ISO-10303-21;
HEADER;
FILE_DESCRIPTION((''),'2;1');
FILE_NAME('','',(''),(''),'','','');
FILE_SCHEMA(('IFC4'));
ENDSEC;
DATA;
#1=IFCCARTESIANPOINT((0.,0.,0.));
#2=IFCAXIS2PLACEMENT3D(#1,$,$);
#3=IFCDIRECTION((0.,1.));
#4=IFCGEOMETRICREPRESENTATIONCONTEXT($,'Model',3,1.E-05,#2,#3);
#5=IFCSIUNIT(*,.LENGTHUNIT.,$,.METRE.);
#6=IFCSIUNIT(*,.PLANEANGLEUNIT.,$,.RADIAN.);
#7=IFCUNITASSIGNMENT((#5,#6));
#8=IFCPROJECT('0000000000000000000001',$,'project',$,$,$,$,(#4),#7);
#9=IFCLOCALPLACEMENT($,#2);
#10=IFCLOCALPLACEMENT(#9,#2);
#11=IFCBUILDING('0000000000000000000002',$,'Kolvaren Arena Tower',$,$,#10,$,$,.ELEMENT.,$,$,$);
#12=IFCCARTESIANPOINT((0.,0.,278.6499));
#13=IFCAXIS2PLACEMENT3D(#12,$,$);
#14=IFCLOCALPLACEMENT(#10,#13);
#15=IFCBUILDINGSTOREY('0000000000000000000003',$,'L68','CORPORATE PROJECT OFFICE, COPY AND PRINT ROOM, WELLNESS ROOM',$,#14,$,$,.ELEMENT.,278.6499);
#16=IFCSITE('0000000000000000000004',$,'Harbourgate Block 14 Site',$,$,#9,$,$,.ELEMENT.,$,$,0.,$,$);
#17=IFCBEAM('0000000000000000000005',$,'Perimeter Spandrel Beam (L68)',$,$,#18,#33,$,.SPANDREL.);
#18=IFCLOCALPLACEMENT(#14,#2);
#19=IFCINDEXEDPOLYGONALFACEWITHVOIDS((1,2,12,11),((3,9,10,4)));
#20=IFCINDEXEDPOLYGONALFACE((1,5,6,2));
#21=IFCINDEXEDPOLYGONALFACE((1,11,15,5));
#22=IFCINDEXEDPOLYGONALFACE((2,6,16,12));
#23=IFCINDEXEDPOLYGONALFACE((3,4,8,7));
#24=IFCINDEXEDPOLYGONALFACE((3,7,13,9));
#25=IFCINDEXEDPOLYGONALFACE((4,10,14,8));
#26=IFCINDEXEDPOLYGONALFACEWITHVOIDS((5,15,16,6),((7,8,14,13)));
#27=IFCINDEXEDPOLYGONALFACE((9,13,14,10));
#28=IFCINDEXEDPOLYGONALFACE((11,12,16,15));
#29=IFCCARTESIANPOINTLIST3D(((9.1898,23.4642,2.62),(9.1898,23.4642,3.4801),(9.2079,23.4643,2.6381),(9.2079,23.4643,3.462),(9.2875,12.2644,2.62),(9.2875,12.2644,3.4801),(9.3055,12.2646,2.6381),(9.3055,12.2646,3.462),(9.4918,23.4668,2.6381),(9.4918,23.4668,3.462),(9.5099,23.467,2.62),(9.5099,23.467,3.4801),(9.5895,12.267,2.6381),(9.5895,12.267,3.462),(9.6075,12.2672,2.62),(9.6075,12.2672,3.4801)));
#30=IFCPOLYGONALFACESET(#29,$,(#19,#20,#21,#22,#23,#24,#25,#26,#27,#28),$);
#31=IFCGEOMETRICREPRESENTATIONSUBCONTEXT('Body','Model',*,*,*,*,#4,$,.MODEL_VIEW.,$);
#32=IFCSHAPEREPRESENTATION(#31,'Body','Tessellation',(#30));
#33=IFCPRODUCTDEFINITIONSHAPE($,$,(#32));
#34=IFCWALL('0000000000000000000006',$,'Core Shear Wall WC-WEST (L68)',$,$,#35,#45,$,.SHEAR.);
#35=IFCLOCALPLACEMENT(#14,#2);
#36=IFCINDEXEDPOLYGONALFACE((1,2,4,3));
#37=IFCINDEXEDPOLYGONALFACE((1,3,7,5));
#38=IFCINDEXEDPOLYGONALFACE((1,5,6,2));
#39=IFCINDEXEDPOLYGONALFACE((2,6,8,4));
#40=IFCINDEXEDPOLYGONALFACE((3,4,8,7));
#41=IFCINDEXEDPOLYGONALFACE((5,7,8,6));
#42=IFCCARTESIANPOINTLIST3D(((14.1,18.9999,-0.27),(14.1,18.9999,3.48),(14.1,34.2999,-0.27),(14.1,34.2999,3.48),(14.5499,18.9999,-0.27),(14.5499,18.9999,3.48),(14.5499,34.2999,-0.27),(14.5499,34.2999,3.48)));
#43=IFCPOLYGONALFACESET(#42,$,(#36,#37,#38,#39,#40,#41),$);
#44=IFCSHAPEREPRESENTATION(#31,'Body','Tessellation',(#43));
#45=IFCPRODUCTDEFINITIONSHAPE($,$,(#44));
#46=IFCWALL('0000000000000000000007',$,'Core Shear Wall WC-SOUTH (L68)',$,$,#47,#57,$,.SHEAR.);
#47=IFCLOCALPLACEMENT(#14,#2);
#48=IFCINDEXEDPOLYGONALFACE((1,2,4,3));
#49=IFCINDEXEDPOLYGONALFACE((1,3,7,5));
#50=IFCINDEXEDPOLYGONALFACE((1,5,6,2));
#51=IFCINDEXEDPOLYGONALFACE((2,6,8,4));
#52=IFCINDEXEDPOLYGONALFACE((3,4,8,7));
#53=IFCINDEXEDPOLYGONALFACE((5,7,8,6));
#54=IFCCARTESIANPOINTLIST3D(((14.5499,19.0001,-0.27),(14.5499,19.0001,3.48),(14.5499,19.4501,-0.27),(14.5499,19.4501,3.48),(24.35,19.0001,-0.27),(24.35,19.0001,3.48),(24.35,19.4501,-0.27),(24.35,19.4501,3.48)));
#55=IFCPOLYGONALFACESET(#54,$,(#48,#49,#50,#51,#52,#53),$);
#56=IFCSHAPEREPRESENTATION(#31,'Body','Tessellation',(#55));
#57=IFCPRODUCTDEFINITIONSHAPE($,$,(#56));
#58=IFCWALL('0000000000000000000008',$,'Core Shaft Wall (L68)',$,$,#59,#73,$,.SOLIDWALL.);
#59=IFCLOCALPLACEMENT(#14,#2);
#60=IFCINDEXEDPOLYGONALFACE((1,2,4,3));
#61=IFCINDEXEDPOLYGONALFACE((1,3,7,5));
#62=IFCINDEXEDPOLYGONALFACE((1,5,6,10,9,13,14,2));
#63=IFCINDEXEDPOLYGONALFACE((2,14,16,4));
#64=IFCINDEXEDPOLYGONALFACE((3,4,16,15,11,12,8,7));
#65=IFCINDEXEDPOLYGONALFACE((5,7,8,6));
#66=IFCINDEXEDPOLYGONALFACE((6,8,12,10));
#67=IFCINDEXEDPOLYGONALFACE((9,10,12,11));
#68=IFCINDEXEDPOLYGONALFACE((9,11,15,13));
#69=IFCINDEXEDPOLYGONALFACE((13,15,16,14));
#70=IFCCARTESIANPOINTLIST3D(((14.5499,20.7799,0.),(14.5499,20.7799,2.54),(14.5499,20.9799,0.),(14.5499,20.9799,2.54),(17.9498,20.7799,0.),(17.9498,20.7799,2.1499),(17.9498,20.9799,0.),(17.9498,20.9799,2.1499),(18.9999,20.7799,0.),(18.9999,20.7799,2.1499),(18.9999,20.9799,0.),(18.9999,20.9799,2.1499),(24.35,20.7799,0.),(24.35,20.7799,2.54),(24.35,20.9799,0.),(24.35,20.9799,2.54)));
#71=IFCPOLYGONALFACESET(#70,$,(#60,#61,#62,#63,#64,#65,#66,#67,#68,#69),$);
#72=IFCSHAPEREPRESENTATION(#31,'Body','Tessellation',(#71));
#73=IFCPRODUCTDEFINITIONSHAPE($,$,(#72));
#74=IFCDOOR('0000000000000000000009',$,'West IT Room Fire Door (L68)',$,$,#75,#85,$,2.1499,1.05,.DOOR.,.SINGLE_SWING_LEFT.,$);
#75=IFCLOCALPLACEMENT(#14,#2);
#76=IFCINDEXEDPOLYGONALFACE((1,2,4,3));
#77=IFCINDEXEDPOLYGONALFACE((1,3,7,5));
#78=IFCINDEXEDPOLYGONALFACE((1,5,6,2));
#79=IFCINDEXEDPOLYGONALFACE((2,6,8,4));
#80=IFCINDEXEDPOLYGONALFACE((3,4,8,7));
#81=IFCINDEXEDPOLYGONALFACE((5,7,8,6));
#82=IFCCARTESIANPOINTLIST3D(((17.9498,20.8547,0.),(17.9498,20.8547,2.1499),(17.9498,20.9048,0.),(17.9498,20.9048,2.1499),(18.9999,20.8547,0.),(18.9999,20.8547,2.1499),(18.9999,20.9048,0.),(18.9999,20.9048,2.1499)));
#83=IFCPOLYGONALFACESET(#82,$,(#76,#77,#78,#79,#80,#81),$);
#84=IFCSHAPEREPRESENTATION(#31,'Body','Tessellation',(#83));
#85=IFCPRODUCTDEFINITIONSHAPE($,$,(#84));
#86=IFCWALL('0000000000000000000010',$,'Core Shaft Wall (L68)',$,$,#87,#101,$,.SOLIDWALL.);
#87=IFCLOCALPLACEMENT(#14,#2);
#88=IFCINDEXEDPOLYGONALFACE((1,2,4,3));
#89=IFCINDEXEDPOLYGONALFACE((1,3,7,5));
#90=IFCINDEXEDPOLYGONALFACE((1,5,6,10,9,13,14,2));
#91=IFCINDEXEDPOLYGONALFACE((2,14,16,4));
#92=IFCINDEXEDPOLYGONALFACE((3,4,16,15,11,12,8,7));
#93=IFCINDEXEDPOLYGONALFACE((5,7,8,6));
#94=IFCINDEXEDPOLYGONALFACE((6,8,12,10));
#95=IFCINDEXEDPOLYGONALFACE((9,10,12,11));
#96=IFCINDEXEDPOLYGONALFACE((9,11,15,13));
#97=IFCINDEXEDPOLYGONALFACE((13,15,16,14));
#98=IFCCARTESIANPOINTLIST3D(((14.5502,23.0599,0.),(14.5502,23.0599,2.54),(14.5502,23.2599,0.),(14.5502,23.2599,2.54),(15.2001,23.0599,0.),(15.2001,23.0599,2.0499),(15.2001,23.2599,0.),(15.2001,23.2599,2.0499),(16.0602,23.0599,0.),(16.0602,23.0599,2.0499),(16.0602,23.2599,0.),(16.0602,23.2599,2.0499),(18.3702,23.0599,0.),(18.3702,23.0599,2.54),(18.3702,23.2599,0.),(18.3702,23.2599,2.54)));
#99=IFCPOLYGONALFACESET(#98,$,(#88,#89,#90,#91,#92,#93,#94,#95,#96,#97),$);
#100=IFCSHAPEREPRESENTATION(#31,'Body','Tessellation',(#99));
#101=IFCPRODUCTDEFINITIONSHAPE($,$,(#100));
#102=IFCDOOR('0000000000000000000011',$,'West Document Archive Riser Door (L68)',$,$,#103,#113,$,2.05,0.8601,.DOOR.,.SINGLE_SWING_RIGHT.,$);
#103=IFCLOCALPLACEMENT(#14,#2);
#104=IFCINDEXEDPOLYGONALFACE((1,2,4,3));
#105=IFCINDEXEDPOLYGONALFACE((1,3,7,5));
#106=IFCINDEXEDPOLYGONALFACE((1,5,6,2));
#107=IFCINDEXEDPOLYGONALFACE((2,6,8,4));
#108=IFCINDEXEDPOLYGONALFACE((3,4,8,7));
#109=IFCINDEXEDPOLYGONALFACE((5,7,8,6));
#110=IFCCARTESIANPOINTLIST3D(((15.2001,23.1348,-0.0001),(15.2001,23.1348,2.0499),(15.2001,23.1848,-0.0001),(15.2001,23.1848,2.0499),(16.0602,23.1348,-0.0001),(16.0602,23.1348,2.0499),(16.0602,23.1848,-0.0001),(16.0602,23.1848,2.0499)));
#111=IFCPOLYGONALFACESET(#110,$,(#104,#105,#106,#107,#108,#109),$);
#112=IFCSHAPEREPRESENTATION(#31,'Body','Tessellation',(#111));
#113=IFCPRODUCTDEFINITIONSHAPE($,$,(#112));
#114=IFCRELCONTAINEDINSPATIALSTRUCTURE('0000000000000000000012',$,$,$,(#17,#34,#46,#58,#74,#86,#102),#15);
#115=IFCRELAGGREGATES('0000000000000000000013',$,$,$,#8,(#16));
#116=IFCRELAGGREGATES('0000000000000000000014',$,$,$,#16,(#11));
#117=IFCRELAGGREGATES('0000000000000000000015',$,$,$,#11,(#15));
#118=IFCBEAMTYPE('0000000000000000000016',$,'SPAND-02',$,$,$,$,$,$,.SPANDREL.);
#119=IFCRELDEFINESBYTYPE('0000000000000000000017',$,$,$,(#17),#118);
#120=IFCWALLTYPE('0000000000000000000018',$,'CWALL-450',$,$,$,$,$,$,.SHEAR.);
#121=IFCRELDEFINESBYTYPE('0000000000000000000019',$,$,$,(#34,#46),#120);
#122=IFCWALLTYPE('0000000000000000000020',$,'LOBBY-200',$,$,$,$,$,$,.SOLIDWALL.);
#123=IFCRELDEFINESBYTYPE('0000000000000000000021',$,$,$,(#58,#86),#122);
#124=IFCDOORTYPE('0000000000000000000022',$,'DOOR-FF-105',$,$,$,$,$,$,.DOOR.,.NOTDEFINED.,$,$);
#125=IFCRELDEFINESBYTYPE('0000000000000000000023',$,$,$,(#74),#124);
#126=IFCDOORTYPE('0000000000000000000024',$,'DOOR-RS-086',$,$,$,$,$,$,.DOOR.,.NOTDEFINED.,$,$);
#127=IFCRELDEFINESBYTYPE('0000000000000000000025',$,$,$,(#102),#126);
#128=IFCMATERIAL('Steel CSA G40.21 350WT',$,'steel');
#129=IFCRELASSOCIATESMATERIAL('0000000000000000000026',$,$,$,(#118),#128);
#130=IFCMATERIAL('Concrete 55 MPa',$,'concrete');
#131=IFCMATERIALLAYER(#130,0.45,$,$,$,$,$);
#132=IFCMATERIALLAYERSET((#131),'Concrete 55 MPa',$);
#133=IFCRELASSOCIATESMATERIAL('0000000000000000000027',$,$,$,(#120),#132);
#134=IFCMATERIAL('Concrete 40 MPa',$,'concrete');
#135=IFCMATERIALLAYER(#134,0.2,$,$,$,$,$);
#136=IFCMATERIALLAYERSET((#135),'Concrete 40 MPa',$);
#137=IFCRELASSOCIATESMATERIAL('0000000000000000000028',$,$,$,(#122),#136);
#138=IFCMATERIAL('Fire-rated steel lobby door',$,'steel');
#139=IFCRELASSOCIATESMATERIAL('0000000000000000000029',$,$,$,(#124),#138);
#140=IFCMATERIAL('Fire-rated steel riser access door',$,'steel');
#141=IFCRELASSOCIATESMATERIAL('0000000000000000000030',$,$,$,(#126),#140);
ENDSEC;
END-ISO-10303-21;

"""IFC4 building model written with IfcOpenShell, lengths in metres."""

from ifc_helpers import new_model, si_unit, direction, frame, frame_2d, origin, origin_2d, place, context, subcontext, project, spatial, rectangle, hollow_rectangle, extrude, material, layer, layer_set, material_profile, profile_set, type_object, element, fill, save


model = new_model("IFC4")

# Units and contexts
model_context = context("Model", 3, precision=1e-05, world=origin(), true_north=direction((0.0, 1.0)))
body_context = subcontext(model_context, "Body", "Model", "MODEL_VIEW")
ifc_project = project(units=[si_unit("LENGTHUNIT", "METRE"), si_unit("PLANEANGLEUNIT", "RADIAN")], contexts=[model_context])

# Site, building, storey
site_placement = place(None, origin())
site = spatial("IfcSite", under=ifc_project, at=site_placement, Name="Harbourgate Block 14 Site", CompositionType="ELEMENT", RefElevation=0.0)
building_placement = place(site_placement, origin())
building = spatial("IfcBuilding", under=site, at=building_placement, Name="Kolvaren Arena Tower", CompositionType="ELEMENT")
storey_placement = place(building_placement, frame((0.0, 0.0, 278.6499)))
storey = spatial("IfcBuildingStorey", under=building, at=storey_placement, Name="L68", Description="CORPORATE PROJECT OFFICE, COPY AND PRINT ROOM, WELLNESS ROOM", CompositionType="ELEMENT", Elevation=278.6499)

# Beam
ifc_material_1 = material(Name="Steel CSA G40.21 350WT", Category="steel")
ifc_material_profile_1 = material_profile(ifc_material_1, hollow_rectangle(XDim=0.3201, YDim=0.8601, WallThickness=0.0181, at=origin_2d()), Name="HSS 860x320x18")
ifc_profile_set_1 = profile_set([ifc_material_profile_1], Name="Steel CSA G40.21 350WT")
beam_type_1 = type_object("IfcBeamType", Name="SPAND-02", PredefinedType="SPANDREL", material=ifc_profile_set_1)
beam_1_placement = place(storey_placement, frame((9.3499, 23.4656, 3.05), z_axis=(0.008719, -0.999962, 0.0), x_axis=(0.999962, 0.008719, 0.0)))
element("IfcBeam", 1, at=beam_1_placement, inside=storey, type_object=beam_type_1, Name="Perimeter Spandrel Beam (L68)", PredefinedType="SPANDREL", context=body_context, shape_type="SweptSolid", body=[
    extrude(hollow_rectangle(XDim=0.3201, YDim=0.8601, WallThickness=0.0181, at=origin_2d()), origin(), (0.0, 0.0, 1.0), 11.2002),
])

# Walls
ifc_material_2 = material(Name="Concrete 55 MPa", Category="concrete")
ifc_layer_1 = layer(ifc_material_2, 0.45)
ifc_layer_set_1 = layer_set([ifc_layer_1], Name="Concrete 55 MPa")
wall_type_1 = type_object("IfcWallType", Name="CWALL-450", PredefinedType="SHEAR", material=ifc_layer_set_1)
wall_1_placement = place(storey_placement, frame((14.325, 19.0, -0.27), z_axis=(0.0, 0.0, 1.0), x_axis=(0.0, 1.0, 0.0)))
element("IfcWall", 2, at=wall_1_placement, inside=storey, type_object=wall_type_1, Name="Core Shear Wall WC-WEST (L68)", PredefinedType="SHEAR", context=body_context, shape_type="SweptSolid", body=[
    extrude(rectangle(XDim=15.3, YDim=0.45, at=frame_2d((7.6499, 0.0))), origin(), (0.0, 0.0, 1.0), 3.75),
])
wall_2_placement = place(storey_placement, frame((14.55, 19.2251, -0.27), z_axis=(0.0, 0.0, 1.0), x_axis=(1.0, 0.0, 0.0)))
element("IfcWall", 3, at=wall_2_placement, inside=storey, type_object=wall_type_1, Name="Core Shear Wall WC-SOUTH (L68)", PredefinedType="SHEAR", context=body_context, shape_type="SweptSolid", body=[
    extrude(rectangle(XDim=9.8, YDim=0.45, at=frame_2d((4.8999, 0.0))), origin(), (0.0, 0.0, 1.0), 3.75),
])

# Walls, openings, doors
ifc_material_3 = material(Name="Concrete 40 MPa", Category="concrete")
ifc_layer_2 = layer(ifc_material_3, 0.2)
ifc_layer_set_2 = layer_set([ifc_layer_2], Name="Concrete 40 MPa")
wall_type_2 = type_object("IfcWallType", Name="LOBBY-200", PredefinedType="SOLIDWALL", material=ifc_layer_set_2)
wall_3_placement = place(storey_placement, frame((14.55, 20.8799, 0.0), z_axis=(0.0, 0.0, 1.0), x_axis=(1.0, 0.0, 0.0)))
wall_3 = element("IfcWall", 4, at=wall_3_placement, inside=storey, type_object=wall_type_2, Name="Core Shaft Wall (L68)", PredefinedType="SOLIDWALL", context=body_context, shape_type="SweptSolid", body=[
    extrude(rectangle(XDim=9.8, YDim=0.2, at=frame_2d((4.8999, 0.0))), origin(), (0.0, 0.0, 1.0), 2.54),
])
opening_1_placement = place(wall_3_placement, frame((3.3999, 0.0, 0.0)))
opening_1 = element("IfcOpeningElement", 5, at=opening_1_placement, cuts=wall_3, PredefinedType="OPENING", context=body_context, shape_type="SweptSolid", body=[
    extrude(rectangle(XDim=1.05, YDim=2.1499, at=frame_2d((0.5249, 1.075))), frame((0.0, 0.1099, 0.0), z_axis=(0.0, -1.0, 0.0), x_axis=(1.0, 0.0, 0.0)), (0.0, 0.0, 1.0), 0.22),
])
ifc_material_4 = material(Name="Fire-rated steel lobby door", Category="steel")
door_type_1 = type_object("IfcDoorType", Name="DOOR-FF-105", OperationType="NOTDEFINED", PredefinedType="DOOR", material=ifc_material_4)
door_1_placement = place(opening_1_placement, origin())
door_1 = element("IfcDoor", 6, at=door_1_placement, inside=storey, type_object=door_type_1, Name="West IT Room Fire Door (L68)", OperationType="SINGLE_SWING_LEFT", OverallHeight=2.1499, OverallWidth=1.05, PredefinedType="DOOR", context=body_context, shape_type="SweptSolid", body=[
    extrude(rectangle(XDim=1.05, YDim=2.1499, at=frame_2d((0.5249, 1.075))), frame((0.0, 0.0249, 0.0), z_axis=(0.0, -1.0, 0.0), x_axis=(1.0, 0.0, 0.0)), (0.0, 0.0, 1.0), 0.05),
])
fill(opening_1, door_1)
wall_4_placement = place(storey_placement, frame((14.55, 23.1599, 0.0), z_axis=(0.0, 0.0, 1.0), x_axis=(1.0, 0.0, 0.0)))
wall_4 = element("IfcWall", 7, at=wall_4_placement, inside=storey, type_object=wall_type_2, Name="Core Shaft Wall (L68)", PredefinedType="SOLIDWALL", context=body_context, shape_type="SweptSolid", body=[
    extrude(rectangle(XDim=3.8201, YDim=0.2, at=frame_2d((1.9102, 0.0))), origin(), (0.0, 0.0, 1.0), 2.54),
])
opening_2_placement = place(wall_4_placement, frame((0.6499, 0.0, 0.0)))
opening_2 = element("IfcOpeningElement", 8, at=opening_2_placement, cuts=wall_4, PredefinedType="OPENING", context=body_context, shape_type="SweptSolid", body=[
    extrude(rectangle(XDim=0.8601, YDim=2.05, at=frame_2d((0.4302, 1.0249))), frame((0.0, 0.1099, 0.0), z_axis=(0.0, -1.0, 0.0), x_axis=(1.0, 0.0, 0.0)), (0.0, 0.0, 1.0), 0.22),
])
ifc_material_5 = material(Name="Fire-rated steel riser access door", Category="steel")
door_type_2 = type_object("IfcDoorType", Name="DOOR-RS-086", OperationType="NOTDEFINED", PredefinedType="DOOR", material=ifc_material_5)
door_2_placement = place(opening_2_placement, origin())
door_2 = element("IfcDoor", 9, at=door_2_placement, inside=storey, type_object=door_type_2, Name="West Document Archive Riser Door (L68)", OperationType="SINGLE_SWING_RIGHT", OverallHeight=2.05, OverallWidth=0.8601, PredefinedType="DOOR", context=body_context, shape_type="SweptSolid", body=[
    extrude(rectangle(XDim=0.8601, YDim=2.05, at=frame_2d((0.4302, 1.0249))), frame((0.0, 0.0249, 0.0), z_axis=(0.0, -1.0, 0.0), x_axis=(1.0, 0.0, 0.0)), (0.0, 0.0, 1.0), 0.05),
])
fill(opening_2, door_2)

save(model, "model.ifc")
